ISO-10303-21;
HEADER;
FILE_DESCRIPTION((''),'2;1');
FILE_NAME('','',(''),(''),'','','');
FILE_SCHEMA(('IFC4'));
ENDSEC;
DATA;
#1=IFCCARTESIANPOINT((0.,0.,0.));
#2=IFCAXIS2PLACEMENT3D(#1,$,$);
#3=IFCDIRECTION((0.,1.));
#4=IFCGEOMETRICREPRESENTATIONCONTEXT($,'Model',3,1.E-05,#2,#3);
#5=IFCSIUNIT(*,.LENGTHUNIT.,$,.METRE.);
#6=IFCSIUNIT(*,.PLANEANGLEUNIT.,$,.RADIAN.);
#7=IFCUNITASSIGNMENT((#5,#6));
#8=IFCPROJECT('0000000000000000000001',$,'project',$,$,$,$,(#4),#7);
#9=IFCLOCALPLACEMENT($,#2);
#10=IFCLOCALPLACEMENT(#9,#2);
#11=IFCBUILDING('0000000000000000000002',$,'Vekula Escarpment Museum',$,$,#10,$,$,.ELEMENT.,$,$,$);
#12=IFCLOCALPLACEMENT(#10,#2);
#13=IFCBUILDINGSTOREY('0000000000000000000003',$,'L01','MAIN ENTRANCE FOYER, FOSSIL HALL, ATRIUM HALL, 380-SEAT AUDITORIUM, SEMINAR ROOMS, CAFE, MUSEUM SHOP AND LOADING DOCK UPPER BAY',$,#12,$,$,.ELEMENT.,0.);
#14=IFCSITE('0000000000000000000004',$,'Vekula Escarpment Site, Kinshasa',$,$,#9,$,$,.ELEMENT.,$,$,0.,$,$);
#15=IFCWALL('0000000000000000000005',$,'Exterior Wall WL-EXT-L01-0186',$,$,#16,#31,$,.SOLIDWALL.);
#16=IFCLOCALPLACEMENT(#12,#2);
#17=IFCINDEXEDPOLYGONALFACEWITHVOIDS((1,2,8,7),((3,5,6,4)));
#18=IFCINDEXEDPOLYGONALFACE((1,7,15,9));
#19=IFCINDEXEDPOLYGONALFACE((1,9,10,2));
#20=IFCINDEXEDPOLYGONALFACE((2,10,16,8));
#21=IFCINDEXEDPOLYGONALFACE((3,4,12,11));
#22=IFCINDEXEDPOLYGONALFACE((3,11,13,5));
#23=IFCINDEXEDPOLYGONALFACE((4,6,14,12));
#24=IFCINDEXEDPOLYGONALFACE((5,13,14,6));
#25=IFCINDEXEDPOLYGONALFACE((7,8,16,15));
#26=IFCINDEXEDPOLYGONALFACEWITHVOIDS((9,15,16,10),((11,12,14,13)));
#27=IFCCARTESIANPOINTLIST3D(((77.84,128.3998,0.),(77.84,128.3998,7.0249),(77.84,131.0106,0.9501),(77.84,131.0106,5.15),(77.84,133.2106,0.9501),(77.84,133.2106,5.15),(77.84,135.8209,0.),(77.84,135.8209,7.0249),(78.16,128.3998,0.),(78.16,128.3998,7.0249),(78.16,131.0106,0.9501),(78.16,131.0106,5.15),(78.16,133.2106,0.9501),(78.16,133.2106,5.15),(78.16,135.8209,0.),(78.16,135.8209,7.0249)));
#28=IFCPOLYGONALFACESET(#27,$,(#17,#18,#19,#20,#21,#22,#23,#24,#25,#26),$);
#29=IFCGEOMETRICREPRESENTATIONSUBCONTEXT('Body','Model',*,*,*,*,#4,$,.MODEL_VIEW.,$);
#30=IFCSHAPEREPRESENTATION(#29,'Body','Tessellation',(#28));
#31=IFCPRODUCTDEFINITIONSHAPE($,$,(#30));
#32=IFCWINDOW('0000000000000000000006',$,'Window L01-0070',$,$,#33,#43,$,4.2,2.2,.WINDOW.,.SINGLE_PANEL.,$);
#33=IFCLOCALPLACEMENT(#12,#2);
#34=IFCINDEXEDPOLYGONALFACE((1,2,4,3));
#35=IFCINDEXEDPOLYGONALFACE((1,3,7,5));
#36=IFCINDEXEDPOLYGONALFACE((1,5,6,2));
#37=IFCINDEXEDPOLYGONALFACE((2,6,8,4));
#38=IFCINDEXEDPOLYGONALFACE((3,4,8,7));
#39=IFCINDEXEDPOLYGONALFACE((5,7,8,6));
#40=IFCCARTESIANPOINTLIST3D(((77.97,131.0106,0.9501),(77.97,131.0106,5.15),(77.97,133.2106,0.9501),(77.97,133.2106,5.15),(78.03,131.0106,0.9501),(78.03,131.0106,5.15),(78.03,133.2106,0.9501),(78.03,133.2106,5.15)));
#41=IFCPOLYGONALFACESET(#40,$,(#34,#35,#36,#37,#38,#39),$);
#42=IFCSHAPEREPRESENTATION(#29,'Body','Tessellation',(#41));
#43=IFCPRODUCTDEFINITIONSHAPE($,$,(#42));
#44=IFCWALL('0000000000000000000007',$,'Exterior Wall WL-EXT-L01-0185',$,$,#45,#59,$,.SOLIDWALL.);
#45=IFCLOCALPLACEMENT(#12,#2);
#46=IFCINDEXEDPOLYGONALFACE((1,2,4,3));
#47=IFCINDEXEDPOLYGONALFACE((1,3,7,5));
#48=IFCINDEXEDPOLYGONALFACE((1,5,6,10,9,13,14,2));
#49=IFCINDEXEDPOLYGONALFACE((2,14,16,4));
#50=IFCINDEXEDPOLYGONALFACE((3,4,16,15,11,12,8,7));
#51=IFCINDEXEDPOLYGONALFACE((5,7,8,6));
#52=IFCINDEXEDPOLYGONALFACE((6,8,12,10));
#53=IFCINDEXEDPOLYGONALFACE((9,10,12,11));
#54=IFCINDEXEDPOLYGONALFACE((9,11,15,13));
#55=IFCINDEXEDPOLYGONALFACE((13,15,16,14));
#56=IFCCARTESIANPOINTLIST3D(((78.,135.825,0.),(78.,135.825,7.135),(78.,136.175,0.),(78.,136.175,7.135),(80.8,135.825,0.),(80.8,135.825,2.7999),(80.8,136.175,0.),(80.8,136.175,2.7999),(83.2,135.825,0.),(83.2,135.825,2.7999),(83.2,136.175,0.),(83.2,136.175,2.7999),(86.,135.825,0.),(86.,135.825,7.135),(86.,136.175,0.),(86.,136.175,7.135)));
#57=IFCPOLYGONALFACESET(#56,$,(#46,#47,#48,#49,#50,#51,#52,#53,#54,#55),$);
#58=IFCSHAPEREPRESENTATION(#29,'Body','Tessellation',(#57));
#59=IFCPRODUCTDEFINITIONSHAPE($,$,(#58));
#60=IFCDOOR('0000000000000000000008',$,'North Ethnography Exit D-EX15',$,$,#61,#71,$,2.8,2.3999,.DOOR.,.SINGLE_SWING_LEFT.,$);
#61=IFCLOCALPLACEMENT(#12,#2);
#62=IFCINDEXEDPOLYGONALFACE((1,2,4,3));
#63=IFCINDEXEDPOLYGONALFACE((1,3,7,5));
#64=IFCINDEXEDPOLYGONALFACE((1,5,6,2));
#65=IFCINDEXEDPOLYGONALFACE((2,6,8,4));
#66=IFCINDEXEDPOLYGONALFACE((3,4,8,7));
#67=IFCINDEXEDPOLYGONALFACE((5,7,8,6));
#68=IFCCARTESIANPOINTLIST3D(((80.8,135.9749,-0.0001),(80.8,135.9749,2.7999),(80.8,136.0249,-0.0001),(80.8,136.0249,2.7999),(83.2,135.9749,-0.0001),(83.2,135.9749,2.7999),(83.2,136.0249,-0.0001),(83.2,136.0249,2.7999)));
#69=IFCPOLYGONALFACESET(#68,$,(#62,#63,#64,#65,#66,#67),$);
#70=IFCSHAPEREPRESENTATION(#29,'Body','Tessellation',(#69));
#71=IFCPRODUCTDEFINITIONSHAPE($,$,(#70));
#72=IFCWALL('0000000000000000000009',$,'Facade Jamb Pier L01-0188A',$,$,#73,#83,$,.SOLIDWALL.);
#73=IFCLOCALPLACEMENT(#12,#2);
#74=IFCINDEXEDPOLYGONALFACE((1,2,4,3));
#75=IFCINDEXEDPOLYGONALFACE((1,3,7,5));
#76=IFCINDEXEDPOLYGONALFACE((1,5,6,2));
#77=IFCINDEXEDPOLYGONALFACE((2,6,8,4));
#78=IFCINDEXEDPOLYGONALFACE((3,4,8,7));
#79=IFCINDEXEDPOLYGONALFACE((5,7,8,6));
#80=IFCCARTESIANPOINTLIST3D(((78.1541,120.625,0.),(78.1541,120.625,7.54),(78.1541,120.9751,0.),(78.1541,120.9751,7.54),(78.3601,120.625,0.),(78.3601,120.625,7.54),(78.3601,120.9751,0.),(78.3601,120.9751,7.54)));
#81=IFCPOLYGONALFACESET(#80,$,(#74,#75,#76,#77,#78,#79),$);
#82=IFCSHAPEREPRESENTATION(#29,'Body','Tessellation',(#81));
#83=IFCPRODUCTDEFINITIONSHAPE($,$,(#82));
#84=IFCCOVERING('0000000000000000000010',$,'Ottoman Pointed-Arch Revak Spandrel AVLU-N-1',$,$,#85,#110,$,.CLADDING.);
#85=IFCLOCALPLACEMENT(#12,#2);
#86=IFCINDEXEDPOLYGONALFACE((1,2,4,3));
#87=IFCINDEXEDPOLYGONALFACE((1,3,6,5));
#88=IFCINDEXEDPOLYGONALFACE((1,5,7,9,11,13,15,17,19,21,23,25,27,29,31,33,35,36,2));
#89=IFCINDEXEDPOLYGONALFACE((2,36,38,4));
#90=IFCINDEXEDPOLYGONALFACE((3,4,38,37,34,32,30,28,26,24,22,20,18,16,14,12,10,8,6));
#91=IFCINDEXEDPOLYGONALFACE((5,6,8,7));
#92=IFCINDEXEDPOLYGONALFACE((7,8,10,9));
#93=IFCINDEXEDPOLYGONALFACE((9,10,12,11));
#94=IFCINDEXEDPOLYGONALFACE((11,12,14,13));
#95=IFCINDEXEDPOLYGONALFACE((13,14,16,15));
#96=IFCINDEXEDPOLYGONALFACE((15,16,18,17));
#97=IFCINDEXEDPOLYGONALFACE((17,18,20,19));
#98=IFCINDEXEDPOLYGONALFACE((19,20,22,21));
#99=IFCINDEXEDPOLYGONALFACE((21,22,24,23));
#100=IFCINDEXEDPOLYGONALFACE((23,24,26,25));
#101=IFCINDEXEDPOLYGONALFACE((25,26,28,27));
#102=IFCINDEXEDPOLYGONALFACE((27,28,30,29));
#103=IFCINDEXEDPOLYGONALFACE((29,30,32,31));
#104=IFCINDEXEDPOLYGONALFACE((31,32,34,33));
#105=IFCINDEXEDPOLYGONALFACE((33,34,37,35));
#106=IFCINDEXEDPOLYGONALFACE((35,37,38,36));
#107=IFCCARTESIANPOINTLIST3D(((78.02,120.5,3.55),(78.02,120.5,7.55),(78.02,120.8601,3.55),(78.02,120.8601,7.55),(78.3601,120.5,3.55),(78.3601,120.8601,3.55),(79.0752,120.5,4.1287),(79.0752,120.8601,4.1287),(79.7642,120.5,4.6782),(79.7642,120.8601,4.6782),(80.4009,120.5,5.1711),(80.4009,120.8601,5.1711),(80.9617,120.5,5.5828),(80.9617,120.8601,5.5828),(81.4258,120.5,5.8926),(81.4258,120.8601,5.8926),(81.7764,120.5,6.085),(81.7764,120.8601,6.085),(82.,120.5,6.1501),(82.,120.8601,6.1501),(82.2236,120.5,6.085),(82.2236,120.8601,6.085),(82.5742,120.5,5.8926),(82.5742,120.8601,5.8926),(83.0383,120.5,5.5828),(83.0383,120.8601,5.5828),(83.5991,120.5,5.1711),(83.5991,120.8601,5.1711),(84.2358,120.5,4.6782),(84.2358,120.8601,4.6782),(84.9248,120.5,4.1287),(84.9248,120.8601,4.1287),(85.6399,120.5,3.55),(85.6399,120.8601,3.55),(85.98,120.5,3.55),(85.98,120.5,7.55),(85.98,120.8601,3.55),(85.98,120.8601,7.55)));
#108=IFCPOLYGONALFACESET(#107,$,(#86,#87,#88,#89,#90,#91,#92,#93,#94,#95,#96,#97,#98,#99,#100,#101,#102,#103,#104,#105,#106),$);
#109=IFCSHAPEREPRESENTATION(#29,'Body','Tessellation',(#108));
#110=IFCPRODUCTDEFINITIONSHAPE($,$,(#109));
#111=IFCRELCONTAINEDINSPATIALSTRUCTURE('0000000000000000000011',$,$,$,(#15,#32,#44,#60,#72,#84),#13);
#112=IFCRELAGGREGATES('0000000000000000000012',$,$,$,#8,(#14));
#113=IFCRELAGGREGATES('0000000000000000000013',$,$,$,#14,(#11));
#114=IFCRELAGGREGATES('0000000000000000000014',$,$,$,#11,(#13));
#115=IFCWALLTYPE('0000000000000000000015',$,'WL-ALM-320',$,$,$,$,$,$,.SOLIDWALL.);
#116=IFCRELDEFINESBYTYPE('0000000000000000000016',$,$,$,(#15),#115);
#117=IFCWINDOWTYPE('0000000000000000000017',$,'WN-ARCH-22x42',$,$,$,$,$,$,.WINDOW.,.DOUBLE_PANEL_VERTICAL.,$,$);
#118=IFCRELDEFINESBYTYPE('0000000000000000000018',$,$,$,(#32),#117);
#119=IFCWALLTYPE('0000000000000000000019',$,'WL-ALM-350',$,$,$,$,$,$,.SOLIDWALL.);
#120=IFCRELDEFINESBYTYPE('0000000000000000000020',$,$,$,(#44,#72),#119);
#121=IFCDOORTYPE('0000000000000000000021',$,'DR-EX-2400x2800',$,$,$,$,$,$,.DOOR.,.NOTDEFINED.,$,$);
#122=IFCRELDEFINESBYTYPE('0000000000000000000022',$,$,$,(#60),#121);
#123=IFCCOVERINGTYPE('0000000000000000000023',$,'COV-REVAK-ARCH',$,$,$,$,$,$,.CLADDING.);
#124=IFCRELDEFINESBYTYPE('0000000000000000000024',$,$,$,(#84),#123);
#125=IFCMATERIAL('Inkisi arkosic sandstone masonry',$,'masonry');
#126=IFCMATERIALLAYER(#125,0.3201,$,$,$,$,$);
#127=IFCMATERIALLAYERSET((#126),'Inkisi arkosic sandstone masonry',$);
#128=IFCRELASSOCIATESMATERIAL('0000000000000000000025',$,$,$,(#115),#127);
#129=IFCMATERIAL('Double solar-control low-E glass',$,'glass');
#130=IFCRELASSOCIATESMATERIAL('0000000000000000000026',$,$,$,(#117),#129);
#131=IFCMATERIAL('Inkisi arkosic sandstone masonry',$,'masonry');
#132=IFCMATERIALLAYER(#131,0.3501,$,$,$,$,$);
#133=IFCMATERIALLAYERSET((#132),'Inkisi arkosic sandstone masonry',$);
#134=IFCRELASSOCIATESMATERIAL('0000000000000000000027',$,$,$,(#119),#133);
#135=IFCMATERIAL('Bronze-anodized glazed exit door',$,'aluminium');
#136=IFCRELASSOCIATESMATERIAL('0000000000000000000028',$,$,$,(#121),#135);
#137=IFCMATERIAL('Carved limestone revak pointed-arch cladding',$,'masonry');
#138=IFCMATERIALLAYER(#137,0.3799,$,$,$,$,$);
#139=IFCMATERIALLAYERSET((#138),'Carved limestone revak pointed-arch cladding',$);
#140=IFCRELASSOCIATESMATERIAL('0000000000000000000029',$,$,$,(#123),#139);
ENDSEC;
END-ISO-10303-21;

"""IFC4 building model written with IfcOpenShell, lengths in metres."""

from ifc_helpers import new_model, si_unit, direction, frame, frame_2d, origin, place, context, subcontext, project, spatial, polyline, rectangle, outline, extrude, material, layer, layer_set, type_object, element, fill, save


model = new_model("IFC4")

# Units and contexts
model_context = context("Model", 3, precision=1e-05, world=origin(), true_north=direction((0.0, 1.0)))
body_context = subcontext(model_context, "Body", "Model", "MODEL_VIEW")
ifc_project = project(units=[si_unit("LENGTHUNIT", "METRE"), si_unit("PLANEANGLEUNIT", "RADIAN")], contexts=[model_context])

# Site, building, storey
site_placement = place(None, origin())
site = spatial("IfcSite", under=ifc_project, at=site_placement, Name="Vekula Escarpment Site, Kinshasa", CompositionType="ELEMENT", RefElevation=0.0)
building_placement = place(site_placement, origin())
building = spatial("IfcBuilding", under=site, at=building_placement, Name="Vekula Escarpment Museum", CompositionType="ELEMENT")
storey_placement = place(building_placement, origin())
storey = spatial("IfcBuildingStorey", under=building, at=storey_placement, Name="L01", Description="MAIN ENTRANCE FOYER, FOSSIL HALL, ATRIUM HALL, 380-SEAT AUDITORIUM, SEMINAR ROOMS, CAFE, MUSEUM SHOP AND LOADING DOCK UPPER BAY", CompositionType="ELEMENT", Elevation=0.0)

# Wall, opening, window
ifc_material_1 = material(Name="Inkisi arkosic sandstone masonry", Category="masonry")
ifc_layer_1 = layer(ifc_material_1, 0.3201)
ifc_layer_set_1 = layer_set([ifc_layer_1], Name="Inkisi arkosic sandstone masonry")
wall_type_1 = type_object("IfcWallType", Name="WL-ALM-320", PredefinedType="SOLIDWALL", material=ifc_layer_set_1)
wall_1_placement = place(storey_placement, frame((78.0, 128.3999, 0.0), z_axis=(0.0, 0.0, 1.0), x_axis=(0.0, 1.0, 0.0)))
wall_1 = element("IfcWall", 1, at=wall_1_placement, inside=storey, type_object=wall_type_1, Name="Exterior Wall WL-EXT-L01-0186", PredefinedType="SOLIDWALL", context=body_context, shape_type="SweptSolid", body=[
    extrude(rectangle(XDim=7.4211, YDim=0.3201, at=frame_2d((3.7104, 0.0))), origin(), (0.0, 0.0, 1.0), 7.0249),
])
opening_1_placement = place(wall_1_placement, frame((2.6106, 0.0, 0.95)))
opening_1 = element("IfcOpeningElement", 2, at=opening_1_placement, cuts=wall_1, PredefinedType="OPENING", context=body_context, shape_type="SweptSolid", body=[
    extrude(rectangle(XDim=2.2, YDim=4.2, at=frame_2d((1.1001, 2.1001))), frame((0.0, 0.1699, 0.0), z_axis=(0.0, -1.0, 0.0), x_axis=(1.0, 0.0, 0.0)), (0.0, 0.0, 1.0), 0.3401),
])
ifc_material_2 = material(Name="Double solar-control low-E glass", Category="glass")
window_type_1 = type_object("IfcWindowType", Name="WN-ARCH-22x42", PartitioningType="DOUBLE_PANEL_VERTICAL", PredefinedType="WINDOW", material=ifc_material_2)
window_1_placement = place(opening_1_placement, origin())
window_1 = element("IfcWindow", 3, at=window_1_placement, inside=storey, type_object=window_type_1, Name="Window L01-0070", OverallHeight=4.2, OverallWidth=2.2, PartitioningType="SINGLE_PANEL", PredefinedType="WINDOW", context=body_context, shape_type="SweptSolid", body=[
    extrude(rectangle(XDim=2.2, YDim=4.2, at=frame_2d((1.1001, 2.1001))), frame((0.0, 0.03, 0.0), z_axis=(0.0, -1.0, 0.0), x_axis=(1.0, 0.0, 0.0)), (0.0, 0.0, 1.0), 0.0601),
])
fill(opening_1, window_1)

# Wall, opening, door
ifc_material_3 = material(Name="Inkisi arkosic sandstone masonry", Category="masonry")
ifc_layer_2 = layer(ifc_material_3, 0.3501)
ifc_layer_set_2 = layer_set([ifc_layer_2], Name="Inkisi arkosic sandstone masonry")
wall_type_2 = type_object("IfcWallType", Name="WL-ALM-350", PredefinedType="SOLIDWALL", material=ifc_layer_set_2)
wall_2_placement = place(storey_placement, frame((78.0, 136.0, 0.0), z_axis=(0.0, 0.0, 1.0), x_axis=(1.0, 0.0, 0.0)))
wall_2 = element("IfcWall", 4, at=wall_2_placement, inside=storey, type_object=wall_type_2, Name="Exterior Wall WL-EXT-L01-0185", PredefinedType="SOLIDWALL", context=body_context, shape_type="SweptSolid", body=[
    extrude(rectangle(XDim=8.0, YDim=0.3501, at=frame_2d((4.0, 0.0))), origin(), (0.0, 0.0, 1.0), 7.135),
])
opening_2_placement = place(wall_2_placement, frame((2.8, 0.0, 0.0)))
opening_2 = element("IfcOpeningElement", 5, at=opening_2_placement, cuts=wall_2, PredefinedType="OPENING", context=body_context, shape_type="SweptSolid", body=[
    extrude(rectangle(XDim=2.3999, YDim=2.8, at=frame_2d((1.2, 1.3999))), frame((0.0, 0.1851, 0.0), z_axis=(0.0, -1.0, 0.0), x_axis=(1.0, 0.0, 0.0)), (0.0, 0.0, 1.0), 0.3701),
])
ifc_material_4 = material(Name="Bronze-anodized glazed exit door", Category="aluminium")
door_type = type_object("IfcDoorType", Name="DR-EX-2400x2800", OperationType="NOTDEFINED", PredefinedType="DOOR", material=ifc_material_4)
door_placement = place(opening_2_placement, origin())
door = element("IfcDoor", 6, at=door_placement, inside=storey, type_object=door_type, Name="North Ethnography Exit D-EX15", OperationType="SINGLE_SWING_LEFT", OverallHeight=2.8, OverallWidth=2.3999, PredefinedType="DOOR", context=body_context, shape_type="SweptSolid", body=[
    extrude(rectangle(XDim=2.3999, YDim=2.8, at=frame_2d((1.2, 1.3999))), frame((0.0, 0.0249, 0.0), z_axis=(0.0, -1.0, 0.0), x_axis=(1.0, 0.0, 0.0)), (0.0, 0.0, 1.0), 0.05),
])
fill(opening_2, door)

# Wall
wall_3_placement = place(storey_placement, frame((78.1541, 120.8, 0.0), z_axis=(0.0, 0.0, 1.0), x_axis=(1.0, 0.0, 0.0)))
element("IfcWall", 7, at=wall_3_placement, inside=storey, type_object=wall_type_2, Name="Facade Jamb Pier L01-0188A", PredefinedType="SOLIDWALL", context=body_context, shape_type="SweptSolid", body=[
    extrude(rectangle(XDim=0.2061, YDim=0.3501, at=frame_2d((0.103, 0.0))), origin(), (0.0, 0.0, 1.0), 7.54),
])

# Covering
ifc_material_5 = material(Name="Carved limestone revak pointed-arch cladding", Category="masonry")
ifc_layer_3 = layer(ifc_material_5, 0.3799)
ifc_layer_set_3 = layer_set([ifc_layer_3], Name="Carved limestone revak pointed-arch cladding")
covering_type = type_object("IfcCoveringType", Name="COV-REVAK-ARCH", PredefinedType="CLADDING", material=ifc_layer_set_3)
covering_placement = place(storey_placement, frame((82.0, 120.8601, 3.55), z_axis=(0.0, -1.0, 0.0), x_axis=(1.0, 0.0, 0.0)))
element("IfcCovering", 8, at=covering_placement, inside=storey, type_object=covering_type, Name="Ottoman Pointed-Arch Revak Spandrel AVLU-N-1", PredefinedType="CLADDING", context=body_context, shape_type="SweptSolid", body=[
    extrude(outline(polyline([(-3.98, 4.0), (3.98, 4.0), (3.98, 0.0), (3.6399, 0.0), (2.9248, 0.5786), (2.2358, 1.1282), (1.5991, 1.6211), (1.0383, 2.0327), (0.5742, 2.3425), (0.2236, 2.5349), (0.0, 2.6001), (-0.2236, 2.5349), (-0.5742, 2.3425), (-1.0383, 2.0327), (-1.5991, 1.6211), (-2.2358, 1.1282), (-2.9248, 0.5786), (-3.6399, 0.0), (-3.98, 0.0), (-3.98, 4.0)])), origin(), (0.0, 0.0, 1.0), 0.3601),
])

save(model, "model.ifc")
